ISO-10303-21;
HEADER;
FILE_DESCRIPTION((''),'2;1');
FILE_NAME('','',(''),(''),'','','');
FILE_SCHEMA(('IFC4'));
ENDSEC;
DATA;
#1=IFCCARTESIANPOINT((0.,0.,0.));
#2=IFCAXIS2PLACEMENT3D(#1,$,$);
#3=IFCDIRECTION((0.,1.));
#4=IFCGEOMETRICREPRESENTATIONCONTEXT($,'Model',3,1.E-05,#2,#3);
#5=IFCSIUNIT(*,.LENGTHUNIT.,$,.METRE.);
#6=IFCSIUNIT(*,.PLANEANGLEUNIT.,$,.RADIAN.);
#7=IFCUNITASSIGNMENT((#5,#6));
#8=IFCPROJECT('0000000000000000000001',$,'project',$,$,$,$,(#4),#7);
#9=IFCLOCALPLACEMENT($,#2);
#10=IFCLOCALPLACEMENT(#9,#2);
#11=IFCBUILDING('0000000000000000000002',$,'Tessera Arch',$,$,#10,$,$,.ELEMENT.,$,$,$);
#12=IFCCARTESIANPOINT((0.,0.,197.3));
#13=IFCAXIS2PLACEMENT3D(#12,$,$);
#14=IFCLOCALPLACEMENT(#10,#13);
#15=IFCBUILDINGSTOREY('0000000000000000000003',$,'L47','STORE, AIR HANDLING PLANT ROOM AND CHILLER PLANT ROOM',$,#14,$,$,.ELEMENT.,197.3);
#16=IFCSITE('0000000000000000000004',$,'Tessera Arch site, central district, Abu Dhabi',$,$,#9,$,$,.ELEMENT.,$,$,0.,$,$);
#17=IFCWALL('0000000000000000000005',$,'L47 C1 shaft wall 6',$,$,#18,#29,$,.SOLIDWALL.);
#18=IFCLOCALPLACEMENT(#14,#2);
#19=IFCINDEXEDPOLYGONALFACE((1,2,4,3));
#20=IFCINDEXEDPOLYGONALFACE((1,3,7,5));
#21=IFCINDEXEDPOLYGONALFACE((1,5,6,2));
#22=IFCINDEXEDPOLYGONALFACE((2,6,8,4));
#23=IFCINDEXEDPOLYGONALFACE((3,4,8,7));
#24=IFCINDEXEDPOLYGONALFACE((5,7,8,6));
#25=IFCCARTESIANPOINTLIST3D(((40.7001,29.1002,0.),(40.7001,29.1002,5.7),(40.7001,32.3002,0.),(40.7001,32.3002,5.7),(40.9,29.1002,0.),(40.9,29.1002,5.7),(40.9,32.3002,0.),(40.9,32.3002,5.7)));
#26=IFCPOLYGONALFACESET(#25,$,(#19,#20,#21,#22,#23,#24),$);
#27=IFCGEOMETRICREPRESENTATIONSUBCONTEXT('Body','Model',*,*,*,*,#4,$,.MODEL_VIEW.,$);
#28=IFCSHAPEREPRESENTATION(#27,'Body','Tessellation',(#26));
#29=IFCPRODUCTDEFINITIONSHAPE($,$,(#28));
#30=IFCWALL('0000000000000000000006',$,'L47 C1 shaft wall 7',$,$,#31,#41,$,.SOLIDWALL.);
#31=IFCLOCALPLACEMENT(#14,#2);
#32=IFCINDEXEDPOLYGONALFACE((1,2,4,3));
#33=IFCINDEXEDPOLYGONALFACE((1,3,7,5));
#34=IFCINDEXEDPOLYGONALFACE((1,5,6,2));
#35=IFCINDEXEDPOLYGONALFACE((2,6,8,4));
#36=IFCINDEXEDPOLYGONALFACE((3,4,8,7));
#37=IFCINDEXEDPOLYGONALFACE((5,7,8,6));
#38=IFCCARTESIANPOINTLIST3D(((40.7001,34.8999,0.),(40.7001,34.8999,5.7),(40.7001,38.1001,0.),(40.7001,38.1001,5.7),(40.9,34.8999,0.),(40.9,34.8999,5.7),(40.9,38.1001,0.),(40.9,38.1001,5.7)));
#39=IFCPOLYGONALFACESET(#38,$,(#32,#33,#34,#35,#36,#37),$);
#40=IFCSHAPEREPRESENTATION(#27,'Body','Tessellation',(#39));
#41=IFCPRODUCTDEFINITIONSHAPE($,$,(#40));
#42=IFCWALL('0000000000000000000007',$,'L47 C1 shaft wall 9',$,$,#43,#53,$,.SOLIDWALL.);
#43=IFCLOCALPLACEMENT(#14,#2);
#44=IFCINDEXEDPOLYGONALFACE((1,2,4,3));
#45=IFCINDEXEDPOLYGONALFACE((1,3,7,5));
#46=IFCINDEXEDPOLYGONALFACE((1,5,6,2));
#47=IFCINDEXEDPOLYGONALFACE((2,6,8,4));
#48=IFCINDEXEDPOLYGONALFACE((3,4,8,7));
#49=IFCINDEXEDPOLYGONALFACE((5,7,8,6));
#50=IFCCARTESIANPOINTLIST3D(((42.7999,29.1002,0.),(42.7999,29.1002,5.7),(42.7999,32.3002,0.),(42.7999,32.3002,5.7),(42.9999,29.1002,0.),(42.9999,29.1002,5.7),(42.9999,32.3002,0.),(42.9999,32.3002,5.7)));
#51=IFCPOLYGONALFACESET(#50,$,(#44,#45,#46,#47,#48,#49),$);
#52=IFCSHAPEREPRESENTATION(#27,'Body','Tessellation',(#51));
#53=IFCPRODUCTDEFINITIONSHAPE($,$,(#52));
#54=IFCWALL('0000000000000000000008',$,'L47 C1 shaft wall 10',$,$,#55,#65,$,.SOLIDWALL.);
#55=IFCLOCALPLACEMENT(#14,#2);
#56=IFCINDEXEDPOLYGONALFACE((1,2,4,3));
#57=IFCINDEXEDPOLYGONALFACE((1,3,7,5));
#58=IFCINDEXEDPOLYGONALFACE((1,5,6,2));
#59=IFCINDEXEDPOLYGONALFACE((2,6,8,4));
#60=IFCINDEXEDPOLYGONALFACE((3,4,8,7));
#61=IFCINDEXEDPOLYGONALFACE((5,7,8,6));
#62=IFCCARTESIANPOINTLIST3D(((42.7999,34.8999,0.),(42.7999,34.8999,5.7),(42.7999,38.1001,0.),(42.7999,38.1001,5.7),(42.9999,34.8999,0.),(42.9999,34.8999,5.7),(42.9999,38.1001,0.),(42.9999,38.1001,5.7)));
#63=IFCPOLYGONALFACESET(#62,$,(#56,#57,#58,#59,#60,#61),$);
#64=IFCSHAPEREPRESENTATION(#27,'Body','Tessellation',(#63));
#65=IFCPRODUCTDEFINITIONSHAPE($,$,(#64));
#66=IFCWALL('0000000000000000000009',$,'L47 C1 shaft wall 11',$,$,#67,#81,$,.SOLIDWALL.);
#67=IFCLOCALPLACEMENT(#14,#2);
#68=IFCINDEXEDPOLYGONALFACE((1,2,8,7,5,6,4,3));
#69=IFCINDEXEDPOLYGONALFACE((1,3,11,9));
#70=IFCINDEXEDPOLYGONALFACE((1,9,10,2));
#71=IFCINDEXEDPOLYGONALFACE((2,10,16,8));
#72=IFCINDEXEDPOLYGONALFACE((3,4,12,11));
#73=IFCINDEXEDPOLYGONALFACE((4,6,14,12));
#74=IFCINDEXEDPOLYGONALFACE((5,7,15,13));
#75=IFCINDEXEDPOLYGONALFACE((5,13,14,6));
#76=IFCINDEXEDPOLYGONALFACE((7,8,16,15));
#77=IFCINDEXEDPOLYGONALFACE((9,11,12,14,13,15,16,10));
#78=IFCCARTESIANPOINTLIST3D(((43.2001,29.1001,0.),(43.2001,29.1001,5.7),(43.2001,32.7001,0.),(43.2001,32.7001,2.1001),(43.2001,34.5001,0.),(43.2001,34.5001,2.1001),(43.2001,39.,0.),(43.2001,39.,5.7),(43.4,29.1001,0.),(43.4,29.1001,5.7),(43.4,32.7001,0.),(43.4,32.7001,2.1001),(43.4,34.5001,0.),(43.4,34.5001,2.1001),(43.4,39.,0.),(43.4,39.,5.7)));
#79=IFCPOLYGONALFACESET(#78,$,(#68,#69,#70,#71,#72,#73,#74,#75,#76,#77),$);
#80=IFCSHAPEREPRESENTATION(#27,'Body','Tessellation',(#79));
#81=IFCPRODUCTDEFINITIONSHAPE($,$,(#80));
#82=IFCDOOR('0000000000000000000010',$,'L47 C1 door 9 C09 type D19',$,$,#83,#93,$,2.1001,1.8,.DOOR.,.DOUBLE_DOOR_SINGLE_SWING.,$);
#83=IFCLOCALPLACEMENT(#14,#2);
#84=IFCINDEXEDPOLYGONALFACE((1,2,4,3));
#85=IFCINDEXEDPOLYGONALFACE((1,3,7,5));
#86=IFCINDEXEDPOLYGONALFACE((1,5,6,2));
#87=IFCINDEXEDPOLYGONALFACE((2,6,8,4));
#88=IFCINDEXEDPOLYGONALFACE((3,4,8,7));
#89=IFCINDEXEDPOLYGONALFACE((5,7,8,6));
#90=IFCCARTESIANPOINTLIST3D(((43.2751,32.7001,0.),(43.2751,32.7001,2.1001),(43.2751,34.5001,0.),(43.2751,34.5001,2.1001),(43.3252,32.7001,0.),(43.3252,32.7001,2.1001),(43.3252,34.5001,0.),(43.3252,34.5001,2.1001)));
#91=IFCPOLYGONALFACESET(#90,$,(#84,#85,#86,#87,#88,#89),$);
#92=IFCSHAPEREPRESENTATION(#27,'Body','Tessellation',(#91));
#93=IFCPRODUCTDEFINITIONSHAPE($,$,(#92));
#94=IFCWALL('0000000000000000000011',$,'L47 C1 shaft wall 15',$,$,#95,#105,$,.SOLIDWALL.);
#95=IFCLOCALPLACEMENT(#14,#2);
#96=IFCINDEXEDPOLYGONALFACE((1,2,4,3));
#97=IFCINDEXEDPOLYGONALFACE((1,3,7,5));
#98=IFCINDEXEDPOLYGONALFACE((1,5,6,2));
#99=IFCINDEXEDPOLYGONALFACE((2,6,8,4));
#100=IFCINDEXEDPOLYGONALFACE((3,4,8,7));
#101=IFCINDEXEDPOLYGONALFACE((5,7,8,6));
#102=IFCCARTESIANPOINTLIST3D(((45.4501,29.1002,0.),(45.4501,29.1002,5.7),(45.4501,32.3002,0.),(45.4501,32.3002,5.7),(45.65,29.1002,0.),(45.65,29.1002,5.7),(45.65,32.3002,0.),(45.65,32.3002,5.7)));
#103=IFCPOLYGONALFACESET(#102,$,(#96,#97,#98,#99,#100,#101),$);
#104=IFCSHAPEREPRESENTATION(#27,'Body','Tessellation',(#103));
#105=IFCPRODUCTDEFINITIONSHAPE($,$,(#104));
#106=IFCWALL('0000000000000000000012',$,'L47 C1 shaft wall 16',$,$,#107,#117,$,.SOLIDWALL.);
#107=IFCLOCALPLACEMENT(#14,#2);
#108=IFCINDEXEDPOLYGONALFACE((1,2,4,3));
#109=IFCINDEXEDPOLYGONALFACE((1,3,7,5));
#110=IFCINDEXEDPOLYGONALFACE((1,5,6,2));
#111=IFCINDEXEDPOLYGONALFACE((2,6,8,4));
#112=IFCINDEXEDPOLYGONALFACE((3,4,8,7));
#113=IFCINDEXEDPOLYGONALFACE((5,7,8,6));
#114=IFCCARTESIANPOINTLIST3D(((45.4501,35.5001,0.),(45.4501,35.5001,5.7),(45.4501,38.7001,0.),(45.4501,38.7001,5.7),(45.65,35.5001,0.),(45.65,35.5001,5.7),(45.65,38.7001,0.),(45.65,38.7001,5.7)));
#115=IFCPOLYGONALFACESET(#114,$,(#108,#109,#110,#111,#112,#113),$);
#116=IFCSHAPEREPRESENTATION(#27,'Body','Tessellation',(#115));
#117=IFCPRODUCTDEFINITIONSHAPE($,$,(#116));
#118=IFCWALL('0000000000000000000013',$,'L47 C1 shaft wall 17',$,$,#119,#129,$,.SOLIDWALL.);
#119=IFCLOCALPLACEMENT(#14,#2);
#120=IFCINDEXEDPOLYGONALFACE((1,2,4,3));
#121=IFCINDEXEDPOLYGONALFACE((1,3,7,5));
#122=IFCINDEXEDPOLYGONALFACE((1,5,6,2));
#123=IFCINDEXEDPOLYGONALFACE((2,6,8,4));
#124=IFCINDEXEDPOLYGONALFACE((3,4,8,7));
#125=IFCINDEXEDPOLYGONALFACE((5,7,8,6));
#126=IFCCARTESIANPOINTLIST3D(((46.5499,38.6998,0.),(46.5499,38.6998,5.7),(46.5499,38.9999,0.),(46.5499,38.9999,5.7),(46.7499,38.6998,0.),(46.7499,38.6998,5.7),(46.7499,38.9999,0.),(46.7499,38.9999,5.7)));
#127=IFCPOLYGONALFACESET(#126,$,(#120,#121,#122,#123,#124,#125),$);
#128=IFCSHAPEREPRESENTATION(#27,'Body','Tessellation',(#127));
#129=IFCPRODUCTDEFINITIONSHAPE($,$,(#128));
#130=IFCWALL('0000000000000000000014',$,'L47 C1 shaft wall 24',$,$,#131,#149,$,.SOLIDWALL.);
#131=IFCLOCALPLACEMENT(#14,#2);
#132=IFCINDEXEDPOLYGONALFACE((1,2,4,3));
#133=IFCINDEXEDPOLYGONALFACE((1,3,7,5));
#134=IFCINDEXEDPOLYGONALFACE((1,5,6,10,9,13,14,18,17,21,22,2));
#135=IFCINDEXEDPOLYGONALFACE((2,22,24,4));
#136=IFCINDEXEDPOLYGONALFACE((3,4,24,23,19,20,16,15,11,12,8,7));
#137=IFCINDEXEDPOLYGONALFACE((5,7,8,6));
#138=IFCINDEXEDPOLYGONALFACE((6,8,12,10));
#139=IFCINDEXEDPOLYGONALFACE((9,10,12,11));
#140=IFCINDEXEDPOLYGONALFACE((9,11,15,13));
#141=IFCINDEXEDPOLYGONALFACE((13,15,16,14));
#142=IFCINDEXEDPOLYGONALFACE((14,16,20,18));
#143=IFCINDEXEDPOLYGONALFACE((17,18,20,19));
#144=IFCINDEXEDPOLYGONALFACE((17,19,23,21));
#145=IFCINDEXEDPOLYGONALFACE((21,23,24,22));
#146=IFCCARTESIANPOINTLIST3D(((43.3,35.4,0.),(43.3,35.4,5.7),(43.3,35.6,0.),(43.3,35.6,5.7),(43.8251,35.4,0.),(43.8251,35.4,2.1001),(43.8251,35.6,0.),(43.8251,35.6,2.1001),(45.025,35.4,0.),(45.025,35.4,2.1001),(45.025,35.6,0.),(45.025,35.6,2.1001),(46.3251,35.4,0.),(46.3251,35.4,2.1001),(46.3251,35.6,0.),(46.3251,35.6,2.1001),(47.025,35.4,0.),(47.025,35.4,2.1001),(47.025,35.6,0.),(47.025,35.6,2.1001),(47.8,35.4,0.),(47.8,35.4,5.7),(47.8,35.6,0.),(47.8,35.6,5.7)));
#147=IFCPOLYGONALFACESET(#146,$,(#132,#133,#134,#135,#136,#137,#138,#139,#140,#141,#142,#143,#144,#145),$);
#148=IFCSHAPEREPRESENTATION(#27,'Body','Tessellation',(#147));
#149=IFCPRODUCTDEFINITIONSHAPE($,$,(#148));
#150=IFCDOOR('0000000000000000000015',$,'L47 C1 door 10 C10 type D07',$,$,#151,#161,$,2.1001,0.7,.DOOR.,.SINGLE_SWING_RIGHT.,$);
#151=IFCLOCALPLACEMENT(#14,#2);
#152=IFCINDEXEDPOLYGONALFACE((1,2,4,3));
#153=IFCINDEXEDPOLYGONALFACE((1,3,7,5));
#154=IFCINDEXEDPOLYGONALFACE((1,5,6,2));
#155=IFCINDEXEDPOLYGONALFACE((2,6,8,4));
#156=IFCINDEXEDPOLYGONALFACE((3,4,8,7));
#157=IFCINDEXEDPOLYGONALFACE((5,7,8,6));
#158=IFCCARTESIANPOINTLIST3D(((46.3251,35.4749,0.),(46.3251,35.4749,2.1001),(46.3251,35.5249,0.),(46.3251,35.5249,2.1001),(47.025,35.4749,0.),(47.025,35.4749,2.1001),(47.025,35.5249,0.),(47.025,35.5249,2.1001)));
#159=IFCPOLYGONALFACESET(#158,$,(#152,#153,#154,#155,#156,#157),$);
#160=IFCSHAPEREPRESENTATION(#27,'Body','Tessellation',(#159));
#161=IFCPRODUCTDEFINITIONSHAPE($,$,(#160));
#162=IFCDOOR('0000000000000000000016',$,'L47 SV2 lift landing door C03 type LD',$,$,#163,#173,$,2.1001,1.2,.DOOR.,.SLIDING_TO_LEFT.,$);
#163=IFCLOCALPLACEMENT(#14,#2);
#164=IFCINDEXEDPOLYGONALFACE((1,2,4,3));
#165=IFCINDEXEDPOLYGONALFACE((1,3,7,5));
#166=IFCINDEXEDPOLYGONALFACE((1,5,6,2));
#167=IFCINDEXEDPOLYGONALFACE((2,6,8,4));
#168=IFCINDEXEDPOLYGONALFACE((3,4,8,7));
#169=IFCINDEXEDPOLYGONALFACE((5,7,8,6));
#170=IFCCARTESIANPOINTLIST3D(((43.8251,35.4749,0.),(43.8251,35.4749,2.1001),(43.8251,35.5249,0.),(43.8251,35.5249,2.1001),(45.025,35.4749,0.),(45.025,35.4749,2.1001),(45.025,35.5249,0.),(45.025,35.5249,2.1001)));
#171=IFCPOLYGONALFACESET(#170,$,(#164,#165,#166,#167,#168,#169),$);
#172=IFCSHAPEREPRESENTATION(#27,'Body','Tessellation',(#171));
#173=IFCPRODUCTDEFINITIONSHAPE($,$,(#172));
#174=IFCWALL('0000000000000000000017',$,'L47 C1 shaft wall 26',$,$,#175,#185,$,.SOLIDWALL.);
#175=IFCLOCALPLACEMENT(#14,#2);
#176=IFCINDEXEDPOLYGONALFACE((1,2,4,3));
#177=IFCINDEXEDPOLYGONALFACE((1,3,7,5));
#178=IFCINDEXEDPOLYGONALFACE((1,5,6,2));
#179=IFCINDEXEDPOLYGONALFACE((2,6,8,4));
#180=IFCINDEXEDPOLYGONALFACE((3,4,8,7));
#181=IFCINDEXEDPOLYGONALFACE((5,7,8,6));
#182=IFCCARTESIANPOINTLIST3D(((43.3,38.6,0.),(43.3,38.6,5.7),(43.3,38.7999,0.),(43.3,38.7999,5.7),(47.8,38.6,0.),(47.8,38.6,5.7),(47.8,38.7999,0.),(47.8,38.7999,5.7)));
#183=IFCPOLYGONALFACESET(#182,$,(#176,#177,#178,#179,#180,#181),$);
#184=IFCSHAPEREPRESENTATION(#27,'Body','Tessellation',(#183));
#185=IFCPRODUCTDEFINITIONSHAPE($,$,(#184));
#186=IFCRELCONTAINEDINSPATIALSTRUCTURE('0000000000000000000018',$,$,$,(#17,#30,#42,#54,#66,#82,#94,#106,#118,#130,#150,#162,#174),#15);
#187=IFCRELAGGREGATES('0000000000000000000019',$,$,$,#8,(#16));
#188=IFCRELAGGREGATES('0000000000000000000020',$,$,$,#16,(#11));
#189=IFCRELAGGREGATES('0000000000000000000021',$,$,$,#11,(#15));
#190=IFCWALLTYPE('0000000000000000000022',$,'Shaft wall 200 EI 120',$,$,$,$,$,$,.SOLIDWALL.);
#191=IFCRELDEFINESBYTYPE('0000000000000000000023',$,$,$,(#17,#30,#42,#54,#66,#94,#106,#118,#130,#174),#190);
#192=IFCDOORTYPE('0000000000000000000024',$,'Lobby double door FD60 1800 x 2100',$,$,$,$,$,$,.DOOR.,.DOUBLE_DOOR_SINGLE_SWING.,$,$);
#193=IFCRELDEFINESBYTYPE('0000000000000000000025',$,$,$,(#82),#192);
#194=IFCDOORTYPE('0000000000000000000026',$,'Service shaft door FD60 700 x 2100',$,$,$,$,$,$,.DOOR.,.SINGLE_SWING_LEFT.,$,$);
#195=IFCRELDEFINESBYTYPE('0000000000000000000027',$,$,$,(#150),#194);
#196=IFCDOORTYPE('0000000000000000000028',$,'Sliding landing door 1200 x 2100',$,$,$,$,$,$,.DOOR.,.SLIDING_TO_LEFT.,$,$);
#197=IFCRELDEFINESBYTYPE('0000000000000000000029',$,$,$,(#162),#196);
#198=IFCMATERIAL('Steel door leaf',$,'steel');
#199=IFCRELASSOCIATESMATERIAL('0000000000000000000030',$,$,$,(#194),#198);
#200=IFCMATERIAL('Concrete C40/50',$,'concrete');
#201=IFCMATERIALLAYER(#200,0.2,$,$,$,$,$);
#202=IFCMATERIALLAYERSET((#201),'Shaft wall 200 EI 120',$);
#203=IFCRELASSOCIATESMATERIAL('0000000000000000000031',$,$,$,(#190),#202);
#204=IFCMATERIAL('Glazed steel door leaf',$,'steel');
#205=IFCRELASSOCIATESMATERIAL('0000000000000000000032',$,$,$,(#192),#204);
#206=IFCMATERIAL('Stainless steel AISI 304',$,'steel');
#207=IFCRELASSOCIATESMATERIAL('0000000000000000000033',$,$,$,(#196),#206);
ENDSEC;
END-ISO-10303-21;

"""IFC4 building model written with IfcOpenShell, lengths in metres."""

from ifc_helpers import new_model, si_unit, direction, frame, frame_2d, origin, place, context, subcontext, project, spatial, rectangle, extrude, material, layer, layer_set, type_object, element, fill, save


model = new_model("IFC4")

# Units and contexts
model_context = context("Model", 3, precision=1e-05, world=origin(), true_north=direction((0.0, 1.0)))
body_context = subcontext(model_context, "Body", "Model", "MODEL_VIEW")
ifc_project = project(units=[si_unit("LENGTHUNIT", "METRE"), si_unit("PLANEANGLEUNIT", "RADIAN")], contexts=[model_context])

# Site, building, storey
site_placement = place(None, origin())
site = spatial("IfcSite", under=ifc_project, at=site_placement, Name="Tessera Arch site, central district, Abu Dhabi", CompositionType="ELEMENT", RefElevation=0.0)
building_placement = place(site_placement, origin())
building = spatial("IfcBuilding", under=site, at=building_placement, Name="Tessera Arch", CompositionType="ELEMENT")
storey_placement = place(building_placement, frame((0.0, 0.0, 197.3)))
storey = spatial("IfcBuildingStorey", under=building, at=storey_placement, Name="L47", Description="STORE, AIR HANDLING PLANT ROOM AND CHILLER PLANT ROOM", CompositionType="ELEMENT", Elevation=197.3)

# Shared definitions
ifc_material_1 = material(Name="Steel door leaf", Category="steel")
door_type_1 = type_object("IfcDoorType", Name="Service shaft door FD60 700 x 2100", OperationType="SINGLE_SWING_LEFT", PredefinedType="DOOR", material=ifc_material_1)

# Walls
ifc_material_2 = material(Name="Concrete C40/50", Category="concrete")
ifc_layer_1 = layer(ifc_material_2, 0.2)
ifc_layer_set_1 = layer_set([ifc_layer_1], Name="Shaft wall 200 EI 120")
wall_type_1 = type_object("IfcWallType", Name="Shaft wall 200 EI 120", PredefinedType="SOLIDWALL", material=ifc_layer_set_1)
wall_1_placement = place(storey_placement, frame((40.8, 29.1001, 0.0), z_axis=(0.0, 0.0, 1.0), x_axis=(0.0, 1.0, 0.0)))
element("IfcWall", 1, at=wall_1_placement, inside=storey, type_object=wall_type_1, Name="L47 C1 shaft wall 6", PredefinedType="SOLIDWALL", context=body_context, shape_type="SweptSolid", body=[
    extrude(rectangle(XDim=3.2, YDim=0.2, at=frame_2d((1.6001, 0.0))), origin(), (0.0, 0.0, 1.0), 5.7),
])
wall_2_placement = place(storey_placement, frame((40.8, 34.8999, 0.0), z_axis=(0.0, 0.0, 1.0), x_axis=(0.0, 1.0, 0.0)))
element("IfcWall", 2, at=wall_2_placement, inside=storey, type_object=wall_type_1, Name="L47 C1 shaft wall 7", PredefinedType="SOLIDWALL", context=body_context, shape_type="SweptSolid", body=[
    extrude(rectangle(XDim=3.2002, YDim=0.2, at=frame_2d((1.6001, 0.0))), origin(), (0.0, 0.0, 1.0), 5.7),
])
wall_3_placement = place(storey_placement, frame((42.8999, 29.1001, 0.0), z_axis=(0.0, 0.0, 1.0), x_axis=(0.0, 1.0, 0.0)))
element("IfcWall", 3, at=wall_3_placement, inside=storey, type_object=wall_type_1, Name="L47 C1 shaft wall 9", PredefinedType="SOLIDWALL", context=body_context, shape_type="SweptSolid", body=[
    extrude(rectangle(XDim=3.2, YDim=0.2, at=frame_2d((1.6001, 0.0))), origin(), (0.0, 0.0, 1.0), 5.7),
])
wall_4_placement = place(storey_placement, frame((42.8999, 34.8999, 0.0), z_axis=(0.0, 0.0, 1.0), x_axis=(0.0, 1.0, 0.0)))
element("IfcWall", 4, at=wall_4_placement, inside=storey, type_object=wall_type_1, Name="L47 C1 shaft wall 10", PredefinedType="SOLIDWALL", context=body_context, shape_type="SweptSolid", body=[
    extrude(rectangle(XDim=3.2002, YDim=0.2, at=frame_2d((1.6001, 0.0))), origin(), (0.0, 0.0, 1.0), 5.7),
])

# Wall, opening, door
wall_5_placement = place(storey_placement, frame((43.3, 29.1001, 0.0), z_axis=(0.0, 0.0, 1.0), x_axis=(0.0, 1.0, 0.0)))
wall_5 = element("IfcWall", 5, at=wall_5_placement, inside=storey, type_object=wall_type_1, Name="L47 C1 shaft wall 11", PredefinedType="SOLIDWALL", context=body_context, shape_type="SweptSolid", body=[
    extrude(rectangle(XDim=9.8999, YDim=0.2, at=frame_2d((4.95, 0.0))), origin(), (0.0, 0.0, 1.0), 5.7),
])
opening_1_placement = place(wall_5_placement, frame((3.6001, 0.0, 0.0)))
opening_1 = element("IfcOpeningElement", 6, at=opening_1_placement, cuts=wall_5, PredefinedType="OPENING", context=body_context, shape_type="SweptSolid", body=[
    extrude(rectangle(XDim=1.8, YDim=2.1001, at=frame_2d((0.8999, 1.05))), frame((0.0, 0.1099, 0.0), z_axis=(0.0, -1.0, 0.0), x_axis=(1.0, 0.0, 0.0)), (0.0, 0.0, 1.0), 0.22),
])
ifc_material_3 = material(Name="Glazed steel door leaf", Category="steel")
door_type_2 = type_object("IfcDoorType", Name="Lobby double door FD60 1800 x 2100", OperationType="DOUBLE_DOOR_SINGLE_SWING", PredefinedType="DOOR", material=ifc_material_3)
door_1_placement = place(opening_1_placement, origin())
door_1 = element("IfcDoor", 7, at=door_1_placement, inside=storey, type_object=door_type_2, Name="L47 C1 door 9 C09 type D19", OperationType="DOUBLE_DOOR_SINGLE_SWING", OverallHeight=2.1001, OverallWidth=1.8, PredefinedType="DOOR", context=body_context, shape_type="SweptSolid", body=[
    extrude(rectangle(XDim=1.8, YDim=2.1001, at=frame_2d((0.8999, 1.05))), frame((0.0, 0.0249, 0.0), z_axis=(0.0, -1.0, 0.0), x_axis=(1.0, 0.0, 0.0)), (0.0, 0.0, 1.0), 0.05),
])
fill(opening_1, door_1)

# Walls
for number, where, z_axis, x_axis, name in (
    (8, (45.55, 29.1001, 0.0), (0.0, 0.0, 1.0), (0.0, 1.0, 0.0), "L47 C1 shaft wall 15"),
    (9, (45.55, 35.5, 0.0), (0.0, 0.0, 1.0), (0.0, 1.0, 0.0), "L47 C1 shaft wall 16"),
):
    element("IfcWall", number, at=place(storey_placement, frame(where, z_axis=z_axis, x_axis=x_axis)), inside=storey, type_object=wall_type_1, Name=name, PredefinedType="SOLIDWALL", context=body_context, shape_type="SweptSolid", body=[
        extrude(rectangle(XDim=3.2, YDim=0.2, at=frame_2d((1.6001, 0.0))), origin(), (0.0, 0.0, 1.0), 5.7),
    ])
wall_6_placement = place(storey_placement, frame((46.6499, 38.7, 0.0), z_axis=(0.0, 0.0, 1.0), x_axis=(0.0, 1.0, 0.0)))
element("IfcWall", 10, at=wall_6_placement, inside=storey, type_object=wall_type_1, Name="L47 C1 shaft wall 17", PredefinedType="SOLIDWALL", context=body_context, shape_type="SweptSolid", body=[
    extrude(rectangle(XDim=0.3, YDim=0.2, at=frame_2d((0.1499, 0.0))), origin(), (0.0, 0.0, 1.0), 5.7),
])

# Wall, openings, doors
wall_7_placement = place(storey_placement, frame((43.3, 35.5, 0.0), z_axis=(0.0, 0.0, 1.0), x_axis=(1.0, 0.0, 0.0)))
wall_7 = element("IfcWall", 11, at=wall_7_placement, inside=storey, type_object=wall_type_1, Name="L47 C1 shaft wall 24", PredefinedType="SOLIDWALL", context=body_context, shape_type="SweptSolid", body=[
    extrude(rectangle(XDim=4.5, YDim=0.2, at=frame_2d((2.25, 0.0))), origin(), (0.0, 0.0, 1.0), 5.7),
])
opening_2_placement = place(wall_7_placement, frame((0.5249, 0.0, 0.0)))
opening_2 = element("IfcOpeningElement", 12, at=opening_2_placement, cuts=wall_7, PredefinedType="OPENING", context=body_context, shape_type="SweptSolid", body=[
    extrude(rectangle(XDim=1.2, YDim=2.1001, at=frame_2d((0.6001, 1.05))), frame((0.0, 0.1099, 0.0), z_axis=(0.0, -1.0, 0.0), x_axis=(1.0, 0.0, 0.0)), (0.0, 0.0, 1.0), 0.22),
])
opening_3_placement = place(wall_7_placement, frame((3.0249, 0.0, 0.0)))
opening_3 = element("IfcOpeningElement", 13, at=opening_3_placement, cuts=wall_7, PredefinedType="OPENING", context=body_context, shape_type="SweptSolid", body=[
    extrude(rectangle(XDim=0.7, YDim=2.1001, at=frame_2d((0.3501, 1.05))), frame((0.0, 0.1099, 0.0), z_axis=(0.0, -1.0, 0.0), x_axis=(1.0, 0.0, 0.0)), (0.0, 0.0, 1.0), 0.22),
])
door_2_placement = place(opening_3_placement, origin())
door_2 = element("IfcDoor", 14, at=door_2_placement, inside=storey, type_object=door_type_1, Name="L47 C1 door 10 C10 type D07", OperationType="SINGLE_SWING_RIGHT", OverallHeight=2.1001, OverallWidth=0.7, PredefinedType="DOOR", context=body_context, shape_type="SweptSolid", body=[
    extrude(rectangle(XDim=0.7, YDim=2.1001, at=frame_2d((0.3501, 1.05))), frame((0.0, 0.0249, 0.0), z_axis=(0.0, -1.0, 0.0), x_axis=(1.0, 0.0, 0.0)), (0.0, 0.0, 1.0), 0.05),
])
fill(opening_3, door_2)
ifc_material_4 = material(Name="Stainless steel AISI 304", Category="steel")
door_type_3 = type_object("IfcDoorType", Name="Sliding landing door 1200 x 2100", OperationType="SLIDING_TO_LEFT", PredefinedType="DOOR", material=ifc_material_4)
door_3_placement = place(opening_2_placement, origin())
door_3 = element("IfcDoor", 15, at=door_3_placement, inside=storey, type_object=door_type_3, Name="L47 SV2 lift landing door C03 type LD", OperationType="SLIDING_TO_LEFT", OverallHeight=2.1001, OverallWidth=1.2, PredefinedType="DOOR", context=body_context, shape_type="SweptSolid", body=[
    extrude(rectangle(XDim=1.2, YDim=2.1001, at=frame_2d((0.6001, 1.05))), frame((0.0, 0.0249, 0.0), z_axis=(0.0, -1.0, 0.0), x_axis=(1.0, 0.0, 0.0)), (0.0, 0.0, 1.0), 0.05),
])
fill(opening_2, door_3)

# Wall
wall_8_placement = place(storey_placement, frame((43.3, 38.7, 0.0), z_axis=(0.0, 0.0, 1.0), x_axis=(1.0, 0.0, 0.0)))
element("IfcWall", 16, at=wall_8_placement, inside=storey, type_object=wall_type_1, Name="L47 C1 shaft wall 26", PredefinedType="SOLIDWALL", context=body_context, shape_type="SweptSolid", body=[
    extrude(rectangle(XDim=4.5, YDim=0.2, at=frame_2d((2.25, 0.0))), origin(), (0.0, 0.0, 1.0), 5.7),
])

save(model, "model.ifc")
